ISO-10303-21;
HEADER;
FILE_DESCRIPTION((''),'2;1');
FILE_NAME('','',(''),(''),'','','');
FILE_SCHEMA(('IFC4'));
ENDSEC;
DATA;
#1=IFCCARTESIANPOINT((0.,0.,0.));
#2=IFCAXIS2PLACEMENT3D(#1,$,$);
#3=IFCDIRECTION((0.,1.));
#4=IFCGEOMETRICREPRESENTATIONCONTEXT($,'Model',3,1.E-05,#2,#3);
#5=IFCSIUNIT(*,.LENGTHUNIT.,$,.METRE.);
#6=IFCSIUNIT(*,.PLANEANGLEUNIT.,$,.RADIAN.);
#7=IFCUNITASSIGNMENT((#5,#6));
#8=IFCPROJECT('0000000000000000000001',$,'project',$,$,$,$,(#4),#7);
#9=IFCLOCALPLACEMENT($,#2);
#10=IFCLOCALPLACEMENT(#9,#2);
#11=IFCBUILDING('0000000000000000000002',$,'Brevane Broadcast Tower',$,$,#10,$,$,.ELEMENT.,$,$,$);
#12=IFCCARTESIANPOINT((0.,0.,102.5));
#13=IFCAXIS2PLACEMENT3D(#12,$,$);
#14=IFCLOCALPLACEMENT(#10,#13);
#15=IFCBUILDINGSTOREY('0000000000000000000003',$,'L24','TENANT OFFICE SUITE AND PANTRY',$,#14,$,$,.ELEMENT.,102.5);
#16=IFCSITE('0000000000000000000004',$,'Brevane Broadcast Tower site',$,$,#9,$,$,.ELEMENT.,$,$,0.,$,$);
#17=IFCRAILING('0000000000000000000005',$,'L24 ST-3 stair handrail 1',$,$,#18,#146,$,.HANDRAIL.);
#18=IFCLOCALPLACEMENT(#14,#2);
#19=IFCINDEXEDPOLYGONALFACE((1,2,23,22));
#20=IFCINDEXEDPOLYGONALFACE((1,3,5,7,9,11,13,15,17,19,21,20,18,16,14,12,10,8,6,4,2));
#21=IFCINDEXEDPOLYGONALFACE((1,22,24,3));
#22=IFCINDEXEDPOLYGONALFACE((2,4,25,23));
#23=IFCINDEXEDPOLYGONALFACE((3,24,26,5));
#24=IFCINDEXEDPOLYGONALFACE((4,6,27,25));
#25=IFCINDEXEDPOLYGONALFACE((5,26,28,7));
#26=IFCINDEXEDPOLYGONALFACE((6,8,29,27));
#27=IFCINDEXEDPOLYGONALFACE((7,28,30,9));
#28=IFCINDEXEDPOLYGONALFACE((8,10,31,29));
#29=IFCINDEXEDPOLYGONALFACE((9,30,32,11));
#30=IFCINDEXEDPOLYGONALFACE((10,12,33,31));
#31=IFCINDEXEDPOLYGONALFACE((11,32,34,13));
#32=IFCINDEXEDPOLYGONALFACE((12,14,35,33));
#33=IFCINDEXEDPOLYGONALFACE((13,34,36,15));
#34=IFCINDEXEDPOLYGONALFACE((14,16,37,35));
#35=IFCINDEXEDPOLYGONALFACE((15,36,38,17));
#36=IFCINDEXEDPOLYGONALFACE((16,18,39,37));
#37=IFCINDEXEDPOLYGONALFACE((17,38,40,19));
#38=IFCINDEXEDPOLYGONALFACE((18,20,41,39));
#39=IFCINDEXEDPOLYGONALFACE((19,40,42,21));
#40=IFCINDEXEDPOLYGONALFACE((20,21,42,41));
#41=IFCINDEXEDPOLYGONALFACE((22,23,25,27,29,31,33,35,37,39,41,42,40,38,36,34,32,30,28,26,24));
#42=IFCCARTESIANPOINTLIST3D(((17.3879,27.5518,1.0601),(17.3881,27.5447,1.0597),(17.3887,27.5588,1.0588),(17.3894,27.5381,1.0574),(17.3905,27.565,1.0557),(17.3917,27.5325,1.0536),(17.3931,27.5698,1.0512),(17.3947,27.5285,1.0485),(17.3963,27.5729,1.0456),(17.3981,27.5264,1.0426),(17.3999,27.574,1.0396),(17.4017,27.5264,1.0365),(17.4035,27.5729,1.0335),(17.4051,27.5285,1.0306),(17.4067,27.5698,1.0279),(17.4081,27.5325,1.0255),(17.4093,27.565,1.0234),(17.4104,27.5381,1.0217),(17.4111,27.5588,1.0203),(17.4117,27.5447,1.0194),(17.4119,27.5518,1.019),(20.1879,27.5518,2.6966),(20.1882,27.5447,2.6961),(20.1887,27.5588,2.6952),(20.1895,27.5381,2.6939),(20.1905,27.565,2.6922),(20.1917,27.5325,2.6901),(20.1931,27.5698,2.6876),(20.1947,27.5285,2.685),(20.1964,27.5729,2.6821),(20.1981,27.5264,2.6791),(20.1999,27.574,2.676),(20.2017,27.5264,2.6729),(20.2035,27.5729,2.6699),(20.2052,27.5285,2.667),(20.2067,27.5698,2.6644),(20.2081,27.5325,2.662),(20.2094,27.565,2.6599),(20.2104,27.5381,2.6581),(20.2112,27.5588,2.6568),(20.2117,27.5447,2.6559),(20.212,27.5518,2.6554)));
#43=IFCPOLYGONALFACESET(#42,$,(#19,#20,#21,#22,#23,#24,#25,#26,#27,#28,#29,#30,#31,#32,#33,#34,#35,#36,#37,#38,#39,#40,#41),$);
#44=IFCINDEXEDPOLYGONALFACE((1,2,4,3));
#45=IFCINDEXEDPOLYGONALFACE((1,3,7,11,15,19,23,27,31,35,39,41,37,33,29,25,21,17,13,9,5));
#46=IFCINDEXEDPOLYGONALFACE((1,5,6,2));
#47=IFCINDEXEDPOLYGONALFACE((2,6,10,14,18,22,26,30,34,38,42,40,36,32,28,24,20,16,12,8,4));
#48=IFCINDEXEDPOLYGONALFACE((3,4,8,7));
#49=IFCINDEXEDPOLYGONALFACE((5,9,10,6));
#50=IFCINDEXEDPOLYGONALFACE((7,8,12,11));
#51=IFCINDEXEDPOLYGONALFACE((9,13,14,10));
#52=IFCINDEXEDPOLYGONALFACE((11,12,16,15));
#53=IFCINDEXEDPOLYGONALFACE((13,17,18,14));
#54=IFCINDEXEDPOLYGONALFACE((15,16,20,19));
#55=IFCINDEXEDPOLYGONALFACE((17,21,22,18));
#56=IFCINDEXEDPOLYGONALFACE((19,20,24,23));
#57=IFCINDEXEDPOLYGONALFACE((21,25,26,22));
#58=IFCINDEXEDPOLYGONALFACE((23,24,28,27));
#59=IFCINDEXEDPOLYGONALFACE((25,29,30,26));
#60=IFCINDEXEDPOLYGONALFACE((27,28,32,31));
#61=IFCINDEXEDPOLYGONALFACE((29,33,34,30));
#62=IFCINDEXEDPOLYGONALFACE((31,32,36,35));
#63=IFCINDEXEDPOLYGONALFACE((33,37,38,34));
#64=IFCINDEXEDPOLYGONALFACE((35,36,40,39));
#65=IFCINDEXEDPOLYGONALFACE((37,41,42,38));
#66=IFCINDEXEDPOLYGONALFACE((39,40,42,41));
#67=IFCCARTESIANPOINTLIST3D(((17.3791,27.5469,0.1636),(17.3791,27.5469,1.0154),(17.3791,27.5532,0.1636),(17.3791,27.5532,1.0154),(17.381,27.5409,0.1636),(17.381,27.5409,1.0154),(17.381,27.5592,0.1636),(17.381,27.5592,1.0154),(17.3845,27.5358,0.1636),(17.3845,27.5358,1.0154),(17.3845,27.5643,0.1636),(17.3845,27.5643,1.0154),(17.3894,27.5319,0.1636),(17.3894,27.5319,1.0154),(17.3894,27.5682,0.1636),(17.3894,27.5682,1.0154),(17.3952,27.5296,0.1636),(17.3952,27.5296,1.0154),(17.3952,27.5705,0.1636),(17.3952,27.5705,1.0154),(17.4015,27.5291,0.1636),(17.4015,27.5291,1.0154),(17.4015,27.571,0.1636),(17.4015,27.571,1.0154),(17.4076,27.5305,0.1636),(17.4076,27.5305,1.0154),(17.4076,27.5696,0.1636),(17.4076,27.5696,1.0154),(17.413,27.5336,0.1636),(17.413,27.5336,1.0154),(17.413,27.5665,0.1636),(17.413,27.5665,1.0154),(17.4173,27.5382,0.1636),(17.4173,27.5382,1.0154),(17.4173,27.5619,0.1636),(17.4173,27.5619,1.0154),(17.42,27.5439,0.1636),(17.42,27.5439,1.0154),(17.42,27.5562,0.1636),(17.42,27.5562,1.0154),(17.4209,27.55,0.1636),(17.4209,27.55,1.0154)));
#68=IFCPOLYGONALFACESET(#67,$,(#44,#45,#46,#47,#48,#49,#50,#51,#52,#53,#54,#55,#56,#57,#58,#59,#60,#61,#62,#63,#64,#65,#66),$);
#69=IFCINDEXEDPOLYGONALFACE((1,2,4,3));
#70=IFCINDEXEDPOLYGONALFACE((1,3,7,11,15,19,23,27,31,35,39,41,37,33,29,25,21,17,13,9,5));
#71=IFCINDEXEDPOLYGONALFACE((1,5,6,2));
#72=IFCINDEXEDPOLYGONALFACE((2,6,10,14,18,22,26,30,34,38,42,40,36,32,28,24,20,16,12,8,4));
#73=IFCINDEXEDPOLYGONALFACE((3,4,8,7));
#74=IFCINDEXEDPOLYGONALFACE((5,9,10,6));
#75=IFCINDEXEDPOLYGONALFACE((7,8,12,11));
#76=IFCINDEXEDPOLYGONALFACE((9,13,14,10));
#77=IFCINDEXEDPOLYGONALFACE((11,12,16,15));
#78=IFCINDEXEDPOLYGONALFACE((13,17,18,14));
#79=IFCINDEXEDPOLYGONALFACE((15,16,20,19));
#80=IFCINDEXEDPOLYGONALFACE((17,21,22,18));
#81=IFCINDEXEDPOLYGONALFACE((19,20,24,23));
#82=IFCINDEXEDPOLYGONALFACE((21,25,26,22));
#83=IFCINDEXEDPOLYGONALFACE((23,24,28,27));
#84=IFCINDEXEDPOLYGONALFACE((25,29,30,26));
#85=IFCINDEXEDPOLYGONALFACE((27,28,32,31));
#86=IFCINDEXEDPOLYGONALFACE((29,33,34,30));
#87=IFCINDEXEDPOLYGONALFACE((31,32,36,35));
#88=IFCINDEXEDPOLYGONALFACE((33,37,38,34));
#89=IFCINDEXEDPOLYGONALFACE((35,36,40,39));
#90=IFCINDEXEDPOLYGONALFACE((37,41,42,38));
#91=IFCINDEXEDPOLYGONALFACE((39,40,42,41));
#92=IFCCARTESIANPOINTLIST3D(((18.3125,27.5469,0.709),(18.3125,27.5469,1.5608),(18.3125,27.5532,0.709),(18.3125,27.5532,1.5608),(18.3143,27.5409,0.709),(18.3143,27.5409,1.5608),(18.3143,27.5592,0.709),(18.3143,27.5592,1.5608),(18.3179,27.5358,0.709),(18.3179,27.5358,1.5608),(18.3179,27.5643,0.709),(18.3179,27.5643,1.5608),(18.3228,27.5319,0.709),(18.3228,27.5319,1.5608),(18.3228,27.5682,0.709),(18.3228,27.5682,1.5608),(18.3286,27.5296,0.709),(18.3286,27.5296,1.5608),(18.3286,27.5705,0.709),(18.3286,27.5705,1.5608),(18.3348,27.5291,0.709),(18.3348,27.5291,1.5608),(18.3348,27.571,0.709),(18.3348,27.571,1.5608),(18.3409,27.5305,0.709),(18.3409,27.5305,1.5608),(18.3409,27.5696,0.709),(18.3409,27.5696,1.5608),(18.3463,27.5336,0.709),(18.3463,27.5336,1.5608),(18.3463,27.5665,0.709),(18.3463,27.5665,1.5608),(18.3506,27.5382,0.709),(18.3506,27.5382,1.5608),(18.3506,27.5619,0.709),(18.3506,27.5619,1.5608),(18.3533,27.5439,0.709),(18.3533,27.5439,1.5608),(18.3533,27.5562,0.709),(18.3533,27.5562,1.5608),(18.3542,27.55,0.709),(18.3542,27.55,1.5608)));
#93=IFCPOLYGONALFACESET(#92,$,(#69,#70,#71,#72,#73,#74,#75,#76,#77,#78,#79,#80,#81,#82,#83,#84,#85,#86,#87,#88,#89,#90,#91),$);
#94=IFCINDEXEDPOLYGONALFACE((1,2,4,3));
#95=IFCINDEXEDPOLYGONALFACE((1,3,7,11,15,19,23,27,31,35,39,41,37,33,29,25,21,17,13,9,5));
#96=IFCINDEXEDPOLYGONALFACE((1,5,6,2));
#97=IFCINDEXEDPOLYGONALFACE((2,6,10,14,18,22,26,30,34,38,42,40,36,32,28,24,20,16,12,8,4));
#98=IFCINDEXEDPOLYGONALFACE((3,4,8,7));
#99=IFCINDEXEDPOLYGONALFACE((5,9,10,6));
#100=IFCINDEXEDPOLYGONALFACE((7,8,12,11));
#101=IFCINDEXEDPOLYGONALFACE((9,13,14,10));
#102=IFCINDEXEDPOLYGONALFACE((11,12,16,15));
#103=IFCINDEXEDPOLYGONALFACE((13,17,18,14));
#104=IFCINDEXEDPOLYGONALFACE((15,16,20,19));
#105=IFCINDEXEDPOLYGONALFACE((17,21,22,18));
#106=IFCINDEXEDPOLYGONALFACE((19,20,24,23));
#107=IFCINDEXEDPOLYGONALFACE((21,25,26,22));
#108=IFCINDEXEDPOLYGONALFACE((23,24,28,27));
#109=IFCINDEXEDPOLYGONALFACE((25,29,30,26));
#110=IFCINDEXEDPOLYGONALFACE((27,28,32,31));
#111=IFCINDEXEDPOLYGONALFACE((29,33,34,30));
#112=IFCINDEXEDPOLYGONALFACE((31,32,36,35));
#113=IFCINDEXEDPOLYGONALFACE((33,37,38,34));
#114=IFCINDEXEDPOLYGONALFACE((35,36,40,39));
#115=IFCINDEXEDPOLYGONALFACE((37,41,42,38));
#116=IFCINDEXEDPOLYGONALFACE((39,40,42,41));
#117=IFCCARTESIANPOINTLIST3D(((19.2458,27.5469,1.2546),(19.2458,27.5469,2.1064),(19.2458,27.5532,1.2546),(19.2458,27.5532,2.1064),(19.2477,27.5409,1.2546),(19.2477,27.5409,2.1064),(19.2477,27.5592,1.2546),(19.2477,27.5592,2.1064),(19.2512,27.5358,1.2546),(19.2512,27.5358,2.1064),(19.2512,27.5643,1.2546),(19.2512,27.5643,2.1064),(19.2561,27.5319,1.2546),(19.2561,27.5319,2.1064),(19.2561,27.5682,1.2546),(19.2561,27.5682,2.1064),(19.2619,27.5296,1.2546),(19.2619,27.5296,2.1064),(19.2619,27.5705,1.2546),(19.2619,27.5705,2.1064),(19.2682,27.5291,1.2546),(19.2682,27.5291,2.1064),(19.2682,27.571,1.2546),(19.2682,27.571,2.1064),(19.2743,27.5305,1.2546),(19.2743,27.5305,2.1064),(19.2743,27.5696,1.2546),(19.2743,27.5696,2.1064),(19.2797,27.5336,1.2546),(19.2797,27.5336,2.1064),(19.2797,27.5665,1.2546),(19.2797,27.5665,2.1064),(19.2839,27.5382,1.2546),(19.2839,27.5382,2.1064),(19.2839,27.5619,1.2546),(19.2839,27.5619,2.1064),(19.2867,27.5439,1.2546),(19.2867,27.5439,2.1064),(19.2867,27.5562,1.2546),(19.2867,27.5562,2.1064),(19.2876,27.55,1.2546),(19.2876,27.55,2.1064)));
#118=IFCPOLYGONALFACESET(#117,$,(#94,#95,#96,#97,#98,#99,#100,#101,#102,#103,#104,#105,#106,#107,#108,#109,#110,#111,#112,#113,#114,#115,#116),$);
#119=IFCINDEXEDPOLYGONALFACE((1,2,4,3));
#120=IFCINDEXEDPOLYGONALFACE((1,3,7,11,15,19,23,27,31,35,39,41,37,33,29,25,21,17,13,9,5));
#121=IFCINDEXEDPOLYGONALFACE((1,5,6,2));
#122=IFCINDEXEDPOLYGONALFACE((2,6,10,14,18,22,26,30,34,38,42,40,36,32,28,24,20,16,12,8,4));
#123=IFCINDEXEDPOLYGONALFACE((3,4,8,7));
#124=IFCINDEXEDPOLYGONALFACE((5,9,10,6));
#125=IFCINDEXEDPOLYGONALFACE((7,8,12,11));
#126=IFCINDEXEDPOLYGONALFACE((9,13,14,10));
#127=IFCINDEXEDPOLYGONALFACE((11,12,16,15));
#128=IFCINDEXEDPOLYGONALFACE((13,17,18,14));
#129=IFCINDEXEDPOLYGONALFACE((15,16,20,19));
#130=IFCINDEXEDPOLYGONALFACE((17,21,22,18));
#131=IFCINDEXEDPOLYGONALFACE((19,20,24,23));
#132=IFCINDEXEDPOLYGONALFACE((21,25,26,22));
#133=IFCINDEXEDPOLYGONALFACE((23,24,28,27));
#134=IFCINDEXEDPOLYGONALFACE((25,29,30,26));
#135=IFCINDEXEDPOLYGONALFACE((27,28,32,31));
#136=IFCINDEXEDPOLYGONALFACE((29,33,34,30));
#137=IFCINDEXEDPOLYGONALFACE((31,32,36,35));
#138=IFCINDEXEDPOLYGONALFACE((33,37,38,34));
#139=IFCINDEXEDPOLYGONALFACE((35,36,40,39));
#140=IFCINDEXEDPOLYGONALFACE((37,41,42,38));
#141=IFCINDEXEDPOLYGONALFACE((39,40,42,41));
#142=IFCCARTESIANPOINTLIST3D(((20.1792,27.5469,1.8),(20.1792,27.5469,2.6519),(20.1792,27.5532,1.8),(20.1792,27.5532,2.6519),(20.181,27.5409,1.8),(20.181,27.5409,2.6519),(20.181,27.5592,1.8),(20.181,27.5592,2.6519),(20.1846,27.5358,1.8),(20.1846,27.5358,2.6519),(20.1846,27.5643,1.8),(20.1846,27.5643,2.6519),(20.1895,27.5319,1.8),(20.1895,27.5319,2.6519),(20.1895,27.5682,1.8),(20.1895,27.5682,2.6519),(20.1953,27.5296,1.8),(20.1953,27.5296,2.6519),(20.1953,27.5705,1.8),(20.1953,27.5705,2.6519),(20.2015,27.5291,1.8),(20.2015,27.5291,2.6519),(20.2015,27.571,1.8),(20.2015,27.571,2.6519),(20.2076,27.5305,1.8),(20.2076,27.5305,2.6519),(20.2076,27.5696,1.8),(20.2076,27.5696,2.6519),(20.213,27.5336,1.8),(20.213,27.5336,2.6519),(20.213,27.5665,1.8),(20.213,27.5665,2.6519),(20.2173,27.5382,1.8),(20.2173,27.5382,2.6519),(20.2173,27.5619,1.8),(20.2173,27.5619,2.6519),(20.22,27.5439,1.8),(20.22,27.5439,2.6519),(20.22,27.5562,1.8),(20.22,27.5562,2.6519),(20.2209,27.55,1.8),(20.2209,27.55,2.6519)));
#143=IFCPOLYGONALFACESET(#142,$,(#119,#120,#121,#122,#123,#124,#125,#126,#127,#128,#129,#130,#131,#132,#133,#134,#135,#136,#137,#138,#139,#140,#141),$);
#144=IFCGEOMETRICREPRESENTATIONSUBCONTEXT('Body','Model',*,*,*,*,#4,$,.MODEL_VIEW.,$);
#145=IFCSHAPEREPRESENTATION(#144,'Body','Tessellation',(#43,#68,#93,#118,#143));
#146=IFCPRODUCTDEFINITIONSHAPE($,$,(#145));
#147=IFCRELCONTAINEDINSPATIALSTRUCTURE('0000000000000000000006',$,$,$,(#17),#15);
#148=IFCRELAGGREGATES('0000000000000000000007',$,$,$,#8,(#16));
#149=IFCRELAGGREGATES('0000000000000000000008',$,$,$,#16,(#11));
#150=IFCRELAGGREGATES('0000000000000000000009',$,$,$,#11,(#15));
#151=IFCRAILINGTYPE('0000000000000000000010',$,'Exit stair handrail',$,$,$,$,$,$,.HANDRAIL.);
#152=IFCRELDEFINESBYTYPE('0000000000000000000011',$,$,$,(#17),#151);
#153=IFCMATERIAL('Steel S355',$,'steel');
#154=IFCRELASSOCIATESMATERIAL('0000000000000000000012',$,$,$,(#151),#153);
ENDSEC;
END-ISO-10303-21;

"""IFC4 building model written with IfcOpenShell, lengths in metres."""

from ifc_helpers import new_model, si_unit, direction, frame, origin, origin_2d, place, context, subcontext, project, spatial, circle, extrude, material, type_object, element, save


model = new_model("IFC4")

# Units and contexts
model_context = context("Model", 3, precision=1e-05, world=origin(), true_north=direction((0.0, 1.0)))
body_context = subcontext(model_context, "Body", "Model", "MODEL_VIEW")
ifc_project = project(units=[si_unit("LENGTHUNIT", "METRE"), si_unit("PLANEANGLEUNIT", "RADIAN")], contexts=[model_context])

# Site, building, storey
site_placement = place(None, origin())
site = spatial("IfcSite", under=ifc_project, at=site_placement, Name="Brevane Broadcast Tower site", CompositionType="ELEMENT", RefElevation=0.0)
building_placement = place(site_placement, origin())
building = spatial("IfcBuilding", under=site, at=building_placement, Name="Brevane Broadcast Tower", CompositionType="ELEMENT")
storey_placement = place(building_placement, frame((0.0, 0.0, 102.5)))
storey = spatial("IfcBuildingStorey", under=building, at=storey_placement, Name="L24", Description="TENANT OFFICE SUITE AND PANTRY", CompositionType="ELEMENT", Elevation=102.5)

# Railing
ifc_material_1 = material(Name="Steel S355", Category="steel")
railing_type_1 = type_object("IfcRailingType", Name="Exit stair handrail", PredefinedType="HANDRAIL", material=ifc_material_1)
railing_1_placement = place(storey_placement, frame((17.3999, 27.55, 0.1636)))
element("IfcRailing", 1, at=railing_1_placement, inside=storey, type_object=railing_type_1, Name="L24 ST-3 stair handrail 1", PredefinedType="HANDRAIL", context=body_context, shape_type="SweptSolid", body=[
    extrude(circle(Radius=0.0239, at=origin_2d()), frame((0.0, 0.0, 0.876), z_axis=(0.863361, 0.0, 0.504587), x_axis=(0.0, 1.0, 0.0)), (0.0, 0.0, 1.0), 3.2432),
    extrude(circle(Radius=0.021, at=origin_2d()), origin(), (0.0, 0.0, 1.0), 0.8518),
    extrude(circle(Radius=0.021, at=origin_2d()), frame((0.9333, 0.0, 0.5454)), (0.0, 0.0, 1.0), 0.8518),
    extrude(circle(Radius=0.021, at=origin_2d()), frame((1.8667, 0.0, 1.0911)), (0.0, 0.0, 1.0), 0.8518),
    extrude(circle(Radius=0.021, at=origin_2d()), frame((2.8, 0.0, 1.6365)), (0.0, 0.0, 1.0), 0.8518),
])

save(model, "model.ifc")
